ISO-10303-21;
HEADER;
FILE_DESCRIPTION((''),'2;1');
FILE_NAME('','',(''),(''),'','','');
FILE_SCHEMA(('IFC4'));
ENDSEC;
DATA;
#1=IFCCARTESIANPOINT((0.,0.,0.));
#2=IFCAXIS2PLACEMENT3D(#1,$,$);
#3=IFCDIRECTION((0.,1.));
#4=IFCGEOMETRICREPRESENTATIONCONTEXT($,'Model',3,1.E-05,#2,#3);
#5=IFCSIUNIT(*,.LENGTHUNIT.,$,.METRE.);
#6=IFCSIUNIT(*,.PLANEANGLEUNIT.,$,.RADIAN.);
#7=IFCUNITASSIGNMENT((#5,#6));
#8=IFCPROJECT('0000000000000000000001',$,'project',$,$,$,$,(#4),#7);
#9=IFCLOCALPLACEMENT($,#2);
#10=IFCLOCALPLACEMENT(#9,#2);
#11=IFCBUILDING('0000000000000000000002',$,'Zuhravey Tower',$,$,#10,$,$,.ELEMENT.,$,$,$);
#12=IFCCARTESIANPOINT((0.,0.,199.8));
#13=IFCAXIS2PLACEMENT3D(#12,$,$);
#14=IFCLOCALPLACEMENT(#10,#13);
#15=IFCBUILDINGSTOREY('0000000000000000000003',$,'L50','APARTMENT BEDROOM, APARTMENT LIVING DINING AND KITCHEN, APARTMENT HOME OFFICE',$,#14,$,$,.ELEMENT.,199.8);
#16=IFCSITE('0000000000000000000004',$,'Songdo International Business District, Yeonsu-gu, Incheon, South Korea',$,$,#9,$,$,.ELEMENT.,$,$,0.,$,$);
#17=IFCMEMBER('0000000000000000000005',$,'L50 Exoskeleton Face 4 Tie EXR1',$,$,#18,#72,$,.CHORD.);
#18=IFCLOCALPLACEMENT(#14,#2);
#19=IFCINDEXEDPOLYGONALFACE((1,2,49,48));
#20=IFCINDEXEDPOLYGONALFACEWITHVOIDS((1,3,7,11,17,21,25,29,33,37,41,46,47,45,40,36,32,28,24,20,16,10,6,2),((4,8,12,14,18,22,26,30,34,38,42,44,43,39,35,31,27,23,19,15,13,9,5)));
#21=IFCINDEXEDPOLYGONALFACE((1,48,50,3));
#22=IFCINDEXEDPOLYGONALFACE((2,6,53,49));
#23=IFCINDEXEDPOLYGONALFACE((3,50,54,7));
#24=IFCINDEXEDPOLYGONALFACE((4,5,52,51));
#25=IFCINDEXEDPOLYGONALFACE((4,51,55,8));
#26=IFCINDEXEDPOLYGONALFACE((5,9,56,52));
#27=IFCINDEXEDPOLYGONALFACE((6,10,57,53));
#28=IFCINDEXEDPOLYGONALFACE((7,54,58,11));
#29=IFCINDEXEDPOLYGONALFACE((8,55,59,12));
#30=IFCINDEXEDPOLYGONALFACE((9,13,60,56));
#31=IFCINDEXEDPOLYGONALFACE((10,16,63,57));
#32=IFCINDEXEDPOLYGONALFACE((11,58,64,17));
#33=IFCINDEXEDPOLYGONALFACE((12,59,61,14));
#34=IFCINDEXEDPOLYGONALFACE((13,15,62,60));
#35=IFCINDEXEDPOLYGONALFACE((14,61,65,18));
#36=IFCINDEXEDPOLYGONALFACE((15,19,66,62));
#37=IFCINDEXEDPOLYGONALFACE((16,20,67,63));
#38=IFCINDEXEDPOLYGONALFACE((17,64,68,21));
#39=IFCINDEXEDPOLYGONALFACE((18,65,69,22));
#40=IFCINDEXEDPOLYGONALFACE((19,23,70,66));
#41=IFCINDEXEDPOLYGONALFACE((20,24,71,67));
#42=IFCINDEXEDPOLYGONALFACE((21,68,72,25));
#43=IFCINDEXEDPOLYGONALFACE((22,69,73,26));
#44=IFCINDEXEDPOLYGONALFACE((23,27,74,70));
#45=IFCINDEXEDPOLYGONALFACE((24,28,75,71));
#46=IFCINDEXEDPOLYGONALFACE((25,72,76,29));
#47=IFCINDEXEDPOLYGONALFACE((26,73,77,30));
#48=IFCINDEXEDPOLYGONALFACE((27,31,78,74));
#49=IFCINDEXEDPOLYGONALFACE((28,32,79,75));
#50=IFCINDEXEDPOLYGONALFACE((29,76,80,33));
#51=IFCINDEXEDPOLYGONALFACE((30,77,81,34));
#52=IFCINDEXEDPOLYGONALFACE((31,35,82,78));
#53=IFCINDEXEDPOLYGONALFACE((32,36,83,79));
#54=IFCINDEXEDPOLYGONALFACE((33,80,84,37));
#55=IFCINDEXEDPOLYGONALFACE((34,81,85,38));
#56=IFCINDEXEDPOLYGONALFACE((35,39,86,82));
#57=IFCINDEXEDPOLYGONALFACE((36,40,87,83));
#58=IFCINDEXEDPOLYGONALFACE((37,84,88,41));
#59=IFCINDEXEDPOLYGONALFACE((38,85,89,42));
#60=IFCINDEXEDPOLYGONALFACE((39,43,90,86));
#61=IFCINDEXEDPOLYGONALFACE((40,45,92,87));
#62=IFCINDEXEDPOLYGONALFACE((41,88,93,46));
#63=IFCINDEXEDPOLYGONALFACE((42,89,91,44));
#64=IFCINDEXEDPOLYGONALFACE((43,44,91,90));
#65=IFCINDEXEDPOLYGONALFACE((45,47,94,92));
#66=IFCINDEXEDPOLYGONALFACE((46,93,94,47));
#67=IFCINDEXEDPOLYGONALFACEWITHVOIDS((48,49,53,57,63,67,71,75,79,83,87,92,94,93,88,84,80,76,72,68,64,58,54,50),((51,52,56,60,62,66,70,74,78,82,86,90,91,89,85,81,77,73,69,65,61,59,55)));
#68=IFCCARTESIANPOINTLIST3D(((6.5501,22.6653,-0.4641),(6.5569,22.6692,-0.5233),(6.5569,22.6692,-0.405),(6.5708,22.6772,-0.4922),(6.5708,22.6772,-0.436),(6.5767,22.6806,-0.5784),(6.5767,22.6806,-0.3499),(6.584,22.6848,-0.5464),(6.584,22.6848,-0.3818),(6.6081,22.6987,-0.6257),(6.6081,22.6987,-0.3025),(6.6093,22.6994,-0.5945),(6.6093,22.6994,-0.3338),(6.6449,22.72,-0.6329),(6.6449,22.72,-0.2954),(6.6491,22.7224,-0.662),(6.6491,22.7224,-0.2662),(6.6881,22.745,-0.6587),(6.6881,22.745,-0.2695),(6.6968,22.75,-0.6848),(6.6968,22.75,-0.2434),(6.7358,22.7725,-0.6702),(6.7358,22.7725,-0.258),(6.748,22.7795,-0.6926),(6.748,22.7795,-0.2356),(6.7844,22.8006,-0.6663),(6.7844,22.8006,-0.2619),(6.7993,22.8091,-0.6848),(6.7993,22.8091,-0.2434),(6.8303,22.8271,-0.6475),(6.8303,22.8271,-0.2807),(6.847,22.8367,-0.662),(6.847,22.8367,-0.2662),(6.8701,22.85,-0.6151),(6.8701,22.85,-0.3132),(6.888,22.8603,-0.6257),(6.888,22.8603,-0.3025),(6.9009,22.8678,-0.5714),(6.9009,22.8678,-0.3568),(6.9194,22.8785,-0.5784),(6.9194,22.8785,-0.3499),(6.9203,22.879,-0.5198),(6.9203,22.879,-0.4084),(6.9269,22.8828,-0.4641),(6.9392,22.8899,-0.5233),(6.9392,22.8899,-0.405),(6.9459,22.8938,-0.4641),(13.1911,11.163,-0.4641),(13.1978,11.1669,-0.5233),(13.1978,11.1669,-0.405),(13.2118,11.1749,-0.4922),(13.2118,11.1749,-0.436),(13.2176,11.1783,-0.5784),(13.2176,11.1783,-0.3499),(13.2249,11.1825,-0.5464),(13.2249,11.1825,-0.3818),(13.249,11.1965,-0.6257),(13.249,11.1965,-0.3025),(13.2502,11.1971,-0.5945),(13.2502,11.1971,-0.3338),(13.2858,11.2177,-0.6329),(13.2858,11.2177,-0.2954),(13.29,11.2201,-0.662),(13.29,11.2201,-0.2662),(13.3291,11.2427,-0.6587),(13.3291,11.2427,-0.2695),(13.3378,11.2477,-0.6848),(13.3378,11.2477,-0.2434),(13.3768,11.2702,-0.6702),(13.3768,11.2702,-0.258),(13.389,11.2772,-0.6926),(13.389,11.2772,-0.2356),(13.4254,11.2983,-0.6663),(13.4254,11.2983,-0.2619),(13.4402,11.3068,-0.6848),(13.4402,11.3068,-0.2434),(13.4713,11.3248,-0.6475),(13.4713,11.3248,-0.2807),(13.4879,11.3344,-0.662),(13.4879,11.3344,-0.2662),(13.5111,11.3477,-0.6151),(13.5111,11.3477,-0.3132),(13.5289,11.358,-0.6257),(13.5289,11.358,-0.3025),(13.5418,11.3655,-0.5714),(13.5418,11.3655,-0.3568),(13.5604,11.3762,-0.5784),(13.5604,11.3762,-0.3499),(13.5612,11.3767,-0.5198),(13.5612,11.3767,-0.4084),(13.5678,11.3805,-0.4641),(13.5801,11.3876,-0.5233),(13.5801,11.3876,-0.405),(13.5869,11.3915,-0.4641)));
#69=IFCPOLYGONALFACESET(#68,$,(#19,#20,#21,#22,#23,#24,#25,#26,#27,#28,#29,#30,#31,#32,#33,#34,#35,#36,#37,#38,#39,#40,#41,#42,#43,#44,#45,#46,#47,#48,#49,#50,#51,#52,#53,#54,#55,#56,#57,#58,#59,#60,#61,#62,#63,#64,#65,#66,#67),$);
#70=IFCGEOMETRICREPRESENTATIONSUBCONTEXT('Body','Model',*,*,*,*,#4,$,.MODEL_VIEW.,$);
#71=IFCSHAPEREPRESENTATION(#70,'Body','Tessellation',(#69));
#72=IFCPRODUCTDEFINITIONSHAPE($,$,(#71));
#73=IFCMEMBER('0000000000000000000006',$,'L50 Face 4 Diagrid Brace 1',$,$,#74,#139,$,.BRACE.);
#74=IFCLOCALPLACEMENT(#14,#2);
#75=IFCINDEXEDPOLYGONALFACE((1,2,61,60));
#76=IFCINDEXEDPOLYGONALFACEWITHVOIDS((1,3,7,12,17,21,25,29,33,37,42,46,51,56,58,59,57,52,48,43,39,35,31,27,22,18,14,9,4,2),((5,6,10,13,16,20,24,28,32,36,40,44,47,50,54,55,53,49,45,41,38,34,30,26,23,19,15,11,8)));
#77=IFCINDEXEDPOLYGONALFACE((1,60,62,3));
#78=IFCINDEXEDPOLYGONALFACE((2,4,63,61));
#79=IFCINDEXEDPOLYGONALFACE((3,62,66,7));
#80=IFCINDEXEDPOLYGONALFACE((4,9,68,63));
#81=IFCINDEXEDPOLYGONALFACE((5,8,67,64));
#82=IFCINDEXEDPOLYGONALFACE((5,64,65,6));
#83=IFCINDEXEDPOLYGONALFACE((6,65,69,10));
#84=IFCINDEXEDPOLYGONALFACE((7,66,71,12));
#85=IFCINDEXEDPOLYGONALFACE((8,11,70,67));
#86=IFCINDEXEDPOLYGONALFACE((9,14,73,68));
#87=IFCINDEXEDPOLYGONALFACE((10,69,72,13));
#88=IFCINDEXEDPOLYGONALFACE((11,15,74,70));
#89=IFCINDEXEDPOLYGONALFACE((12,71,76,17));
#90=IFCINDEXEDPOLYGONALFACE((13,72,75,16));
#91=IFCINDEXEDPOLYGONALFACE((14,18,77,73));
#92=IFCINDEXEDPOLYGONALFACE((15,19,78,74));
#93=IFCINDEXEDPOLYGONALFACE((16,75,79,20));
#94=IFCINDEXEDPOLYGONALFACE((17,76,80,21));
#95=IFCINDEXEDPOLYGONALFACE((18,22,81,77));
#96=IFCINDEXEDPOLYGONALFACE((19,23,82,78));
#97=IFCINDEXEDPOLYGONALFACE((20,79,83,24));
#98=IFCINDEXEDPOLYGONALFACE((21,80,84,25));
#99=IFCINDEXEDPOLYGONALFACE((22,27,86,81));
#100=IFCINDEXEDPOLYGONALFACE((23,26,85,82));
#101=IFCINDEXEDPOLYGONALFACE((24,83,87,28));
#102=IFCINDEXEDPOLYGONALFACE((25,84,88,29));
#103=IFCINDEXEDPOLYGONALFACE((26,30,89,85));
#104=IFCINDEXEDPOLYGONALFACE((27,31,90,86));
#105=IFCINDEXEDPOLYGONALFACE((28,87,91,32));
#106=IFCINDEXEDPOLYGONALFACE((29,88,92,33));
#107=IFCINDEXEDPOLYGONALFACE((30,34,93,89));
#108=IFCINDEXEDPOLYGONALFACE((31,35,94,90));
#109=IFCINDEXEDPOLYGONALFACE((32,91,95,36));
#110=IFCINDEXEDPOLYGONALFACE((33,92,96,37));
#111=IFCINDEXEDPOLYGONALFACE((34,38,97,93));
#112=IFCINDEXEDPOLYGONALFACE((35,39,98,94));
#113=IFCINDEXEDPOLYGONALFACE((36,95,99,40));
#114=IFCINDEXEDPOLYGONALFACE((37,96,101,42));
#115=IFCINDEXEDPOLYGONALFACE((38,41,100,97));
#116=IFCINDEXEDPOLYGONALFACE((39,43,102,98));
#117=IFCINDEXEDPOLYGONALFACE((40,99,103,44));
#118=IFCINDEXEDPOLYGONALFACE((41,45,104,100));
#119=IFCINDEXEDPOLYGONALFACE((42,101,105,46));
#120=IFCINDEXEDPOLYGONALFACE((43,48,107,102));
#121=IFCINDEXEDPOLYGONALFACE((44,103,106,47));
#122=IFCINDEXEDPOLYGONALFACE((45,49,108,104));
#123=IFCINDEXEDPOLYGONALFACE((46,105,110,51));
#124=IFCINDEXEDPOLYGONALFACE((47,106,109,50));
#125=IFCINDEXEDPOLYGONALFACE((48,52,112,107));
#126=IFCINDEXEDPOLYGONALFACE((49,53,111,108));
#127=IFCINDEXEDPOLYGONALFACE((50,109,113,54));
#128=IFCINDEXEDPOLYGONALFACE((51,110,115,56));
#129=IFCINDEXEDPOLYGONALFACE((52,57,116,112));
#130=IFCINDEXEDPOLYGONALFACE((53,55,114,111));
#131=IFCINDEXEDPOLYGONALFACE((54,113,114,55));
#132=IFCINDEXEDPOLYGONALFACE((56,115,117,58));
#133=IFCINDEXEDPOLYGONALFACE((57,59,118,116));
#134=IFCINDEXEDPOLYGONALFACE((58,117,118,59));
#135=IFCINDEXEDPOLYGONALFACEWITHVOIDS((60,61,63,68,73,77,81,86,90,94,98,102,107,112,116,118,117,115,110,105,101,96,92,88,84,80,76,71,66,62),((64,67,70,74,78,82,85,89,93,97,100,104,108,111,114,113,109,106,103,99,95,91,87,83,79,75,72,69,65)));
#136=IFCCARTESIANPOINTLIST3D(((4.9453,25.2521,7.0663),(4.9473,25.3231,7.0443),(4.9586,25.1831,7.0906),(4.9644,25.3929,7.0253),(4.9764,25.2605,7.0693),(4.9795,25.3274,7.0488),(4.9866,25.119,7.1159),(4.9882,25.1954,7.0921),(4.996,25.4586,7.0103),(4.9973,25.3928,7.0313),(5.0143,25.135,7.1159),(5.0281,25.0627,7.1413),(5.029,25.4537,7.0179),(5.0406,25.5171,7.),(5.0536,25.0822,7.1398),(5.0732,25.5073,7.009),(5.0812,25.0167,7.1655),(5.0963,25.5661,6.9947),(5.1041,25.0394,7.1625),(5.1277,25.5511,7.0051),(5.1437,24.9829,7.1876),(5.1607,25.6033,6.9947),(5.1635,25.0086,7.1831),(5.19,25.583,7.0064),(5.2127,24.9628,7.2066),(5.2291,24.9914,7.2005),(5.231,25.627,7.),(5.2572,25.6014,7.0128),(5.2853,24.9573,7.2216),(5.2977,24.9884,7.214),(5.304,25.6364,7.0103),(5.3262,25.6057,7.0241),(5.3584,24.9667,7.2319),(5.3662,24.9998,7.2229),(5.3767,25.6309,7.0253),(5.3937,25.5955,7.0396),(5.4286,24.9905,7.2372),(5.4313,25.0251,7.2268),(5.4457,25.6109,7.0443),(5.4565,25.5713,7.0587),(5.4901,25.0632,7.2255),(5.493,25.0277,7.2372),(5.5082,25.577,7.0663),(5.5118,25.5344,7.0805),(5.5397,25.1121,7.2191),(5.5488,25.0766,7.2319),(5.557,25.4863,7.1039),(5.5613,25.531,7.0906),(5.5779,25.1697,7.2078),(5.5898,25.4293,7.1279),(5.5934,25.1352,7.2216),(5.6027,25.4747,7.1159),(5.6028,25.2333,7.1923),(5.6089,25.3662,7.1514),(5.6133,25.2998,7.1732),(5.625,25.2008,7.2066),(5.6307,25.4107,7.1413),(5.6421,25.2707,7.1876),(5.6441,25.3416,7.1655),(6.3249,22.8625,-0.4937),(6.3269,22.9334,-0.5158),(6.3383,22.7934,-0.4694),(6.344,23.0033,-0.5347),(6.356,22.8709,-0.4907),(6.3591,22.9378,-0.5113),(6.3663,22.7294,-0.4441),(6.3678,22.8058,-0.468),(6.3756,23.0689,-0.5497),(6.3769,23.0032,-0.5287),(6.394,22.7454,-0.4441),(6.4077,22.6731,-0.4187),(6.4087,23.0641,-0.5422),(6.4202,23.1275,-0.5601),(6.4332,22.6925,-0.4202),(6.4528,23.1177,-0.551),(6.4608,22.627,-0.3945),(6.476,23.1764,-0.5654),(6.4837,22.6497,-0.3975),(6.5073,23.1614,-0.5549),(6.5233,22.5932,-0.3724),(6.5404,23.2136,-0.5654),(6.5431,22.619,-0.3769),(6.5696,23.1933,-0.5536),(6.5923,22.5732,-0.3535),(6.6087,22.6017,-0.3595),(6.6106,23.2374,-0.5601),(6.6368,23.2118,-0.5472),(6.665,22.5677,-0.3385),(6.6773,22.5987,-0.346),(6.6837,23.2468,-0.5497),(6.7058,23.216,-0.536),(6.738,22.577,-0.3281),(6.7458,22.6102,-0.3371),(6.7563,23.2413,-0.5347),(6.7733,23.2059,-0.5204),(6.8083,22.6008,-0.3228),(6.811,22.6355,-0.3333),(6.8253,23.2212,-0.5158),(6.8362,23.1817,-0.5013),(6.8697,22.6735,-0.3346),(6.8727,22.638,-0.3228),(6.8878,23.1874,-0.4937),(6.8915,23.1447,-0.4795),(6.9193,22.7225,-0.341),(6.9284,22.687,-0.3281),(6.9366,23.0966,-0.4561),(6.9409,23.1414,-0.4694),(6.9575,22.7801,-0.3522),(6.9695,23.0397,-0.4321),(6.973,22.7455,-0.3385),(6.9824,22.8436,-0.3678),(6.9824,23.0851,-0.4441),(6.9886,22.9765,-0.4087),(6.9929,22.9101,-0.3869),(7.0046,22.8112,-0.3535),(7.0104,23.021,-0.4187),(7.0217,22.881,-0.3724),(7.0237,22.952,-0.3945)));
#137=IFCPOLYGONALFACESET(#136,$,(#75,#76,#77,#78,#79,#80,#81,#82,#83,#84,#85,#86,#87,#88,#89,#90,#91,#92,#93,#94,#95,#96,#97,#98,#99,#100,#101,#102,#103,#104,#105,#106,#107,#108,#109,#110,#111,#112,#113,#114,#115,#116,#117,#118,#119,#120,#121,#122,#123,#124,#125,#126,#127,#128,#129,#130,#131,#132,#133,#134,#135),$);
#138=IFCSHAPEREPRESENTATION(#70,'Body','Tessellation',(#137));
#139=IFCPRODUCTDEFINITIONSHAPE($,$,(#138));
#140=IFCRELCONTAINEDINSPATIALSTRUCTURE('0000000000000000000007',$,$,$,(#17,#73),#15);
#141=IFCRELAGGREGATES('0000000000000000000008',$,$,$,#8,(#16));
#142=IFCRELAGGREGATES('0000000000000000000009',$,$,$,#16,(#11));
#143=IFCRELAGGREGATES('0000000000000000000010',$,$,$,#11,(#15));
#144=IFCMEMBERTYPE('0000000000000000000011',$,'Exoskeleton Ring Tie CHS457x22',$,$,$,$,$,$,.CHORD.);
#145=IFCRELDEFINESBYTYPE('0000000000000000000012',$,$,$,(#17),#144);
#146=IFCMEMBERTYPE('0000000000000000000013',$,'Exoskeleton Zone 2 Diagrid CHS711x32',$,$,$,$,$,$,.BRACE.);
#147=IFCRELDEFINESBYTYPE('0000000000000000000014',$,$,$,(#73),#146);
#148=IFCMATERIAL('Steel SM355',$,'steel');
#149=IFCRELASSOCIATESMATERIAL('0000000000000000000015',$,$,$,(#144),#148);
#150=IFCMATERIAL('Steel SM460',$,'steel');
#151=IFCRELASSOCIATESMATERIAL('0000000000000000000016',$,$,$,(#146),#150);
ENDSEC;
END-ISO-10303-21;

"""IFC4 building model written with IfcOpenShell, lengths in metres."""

from ifc_helpers import new_model, si_unit, direction, frame, origin, origin_2d, place, context, subcontext, project, spatial, hollow_circle, extrude, material, material_profile, profile_set, type_object, element, save


model = new_model("IFC4")

# Units and contexts
model_context = context("Model", 3, precision=1e-05, world=origin(), true_north=direction((0.0, 1.0)))
body_context = subcontext(model_context, "Body", "Model", "MODEL_VIEW")
ifc_project = project(units=[si_unit("LENGTHUNIT", "METRE"), si_unit("PLANEANGLEUNIT", "RADIAN")], contexts=[model_context])

# Site, building, storey
site_placement = place(None, origin())
site = spatial("IfcSite", under=ifc_project, at=site_placement, Name="Songdo International Business District, Yeonsu-gu, Incheon, South Korea", CompositionType="ELEMENT", RefElevation=0.0)
building_placement = place(site_placement, origin())
building = spatial("IfcBuilding", under=site, at=building_placement, Name="Zuhravey Tower", CompositionType="ELEMENT")
storey_placement = place(building_placement, frame((0.0, 0.0, 199.8)))
storey = spatial("IfcBuildingStorey", under=building, at=storey_placement, Name="L50", Description="APARTMENT BEDROOM, APARTMENT LIVING DINING AND KITCHEN, APARTMENT HOME OFFICE", CompositionType="ELEMENT", Elevation=199.8)

# Members
ifc_material_1 = material(Name="Steel SM355", Category="steel")
ifc_material_profile_1 = material_profile(ifc_material_1, hollow_circle(Radius=0.2285, WallThickness=0.022, at=origin_2d()), Name="CHS-457.2x22")
ifc_profile_set_1 = profile_set([ifc_material_profile_1], Name="Steel SM355")
member_type_1 = type_object("IfcMemberType", Name="Exoskeleton Ring Tie CHS457x22", PredefinedType="CHORD", material=ifc_profile_set_1)
member_1_placement = place(storey_placement, frame((6.748, 22.7795, -0.4641), z_axis=(0.500004, -0.866023, 0.0), x_axis=(0.866023, 0.500004, 0.0)))
element("IfcMember", 1, at=member_1_placement, inside=storey, type_object=member_type_1, Name="L50 Exoskeleton Face 4 Tie EXR1", PredefinedType="CHORD", context=body_context, shape_type="SweptSolid", body=[
    extrude(hollow_circle(Radius=0.2285, WallThickness=0.022, at=origin_2d()), origin(), (0.0, 0.0, 1.0), 13.2817),
])
ifc_material_2 = material(Name="Steel SM460", Category="steel")
ifc_material_profile_2 = material_profile(ifc_material_2, hollow_circle(Radius=0.3557, WallThickness=0.032, at=origin_2d()), Name="CHS-711.2x32")
ifc_profile_set_2 = profile_set([ifc_material_profile_2], Name="Steel SM460")
member_type_2 = type_object("IfcMemberType", Name="Exoskeleton Zone 2 Diagrid CHS711x32", PredefinedType="BRACE", material=ifc_profile_set_2)
member_2_placement = place(storey_placement, frame((6.6743, 22.9072, -0.4441), z_axis=(-0.171429, 0.296929, 0.939386), x_axis=(-0.866029, -0.499993, 0.0)))
element("IfcMember", 2, at=member_2_placement, inside=storey, type_object=member_type_2, Name="L50 Face 4 Diagrid Brace 1", PredefinedType="BRACE", context=body_context, shape_type="SweptSolid", body=[
    extrude(hollow_circle(Radius=0.3557, WallThickness=0.032, at=origin_2d()), origin(), (0.0, 0.0, 1.0), 8.0479),
])

save(model, "model.ifc")
